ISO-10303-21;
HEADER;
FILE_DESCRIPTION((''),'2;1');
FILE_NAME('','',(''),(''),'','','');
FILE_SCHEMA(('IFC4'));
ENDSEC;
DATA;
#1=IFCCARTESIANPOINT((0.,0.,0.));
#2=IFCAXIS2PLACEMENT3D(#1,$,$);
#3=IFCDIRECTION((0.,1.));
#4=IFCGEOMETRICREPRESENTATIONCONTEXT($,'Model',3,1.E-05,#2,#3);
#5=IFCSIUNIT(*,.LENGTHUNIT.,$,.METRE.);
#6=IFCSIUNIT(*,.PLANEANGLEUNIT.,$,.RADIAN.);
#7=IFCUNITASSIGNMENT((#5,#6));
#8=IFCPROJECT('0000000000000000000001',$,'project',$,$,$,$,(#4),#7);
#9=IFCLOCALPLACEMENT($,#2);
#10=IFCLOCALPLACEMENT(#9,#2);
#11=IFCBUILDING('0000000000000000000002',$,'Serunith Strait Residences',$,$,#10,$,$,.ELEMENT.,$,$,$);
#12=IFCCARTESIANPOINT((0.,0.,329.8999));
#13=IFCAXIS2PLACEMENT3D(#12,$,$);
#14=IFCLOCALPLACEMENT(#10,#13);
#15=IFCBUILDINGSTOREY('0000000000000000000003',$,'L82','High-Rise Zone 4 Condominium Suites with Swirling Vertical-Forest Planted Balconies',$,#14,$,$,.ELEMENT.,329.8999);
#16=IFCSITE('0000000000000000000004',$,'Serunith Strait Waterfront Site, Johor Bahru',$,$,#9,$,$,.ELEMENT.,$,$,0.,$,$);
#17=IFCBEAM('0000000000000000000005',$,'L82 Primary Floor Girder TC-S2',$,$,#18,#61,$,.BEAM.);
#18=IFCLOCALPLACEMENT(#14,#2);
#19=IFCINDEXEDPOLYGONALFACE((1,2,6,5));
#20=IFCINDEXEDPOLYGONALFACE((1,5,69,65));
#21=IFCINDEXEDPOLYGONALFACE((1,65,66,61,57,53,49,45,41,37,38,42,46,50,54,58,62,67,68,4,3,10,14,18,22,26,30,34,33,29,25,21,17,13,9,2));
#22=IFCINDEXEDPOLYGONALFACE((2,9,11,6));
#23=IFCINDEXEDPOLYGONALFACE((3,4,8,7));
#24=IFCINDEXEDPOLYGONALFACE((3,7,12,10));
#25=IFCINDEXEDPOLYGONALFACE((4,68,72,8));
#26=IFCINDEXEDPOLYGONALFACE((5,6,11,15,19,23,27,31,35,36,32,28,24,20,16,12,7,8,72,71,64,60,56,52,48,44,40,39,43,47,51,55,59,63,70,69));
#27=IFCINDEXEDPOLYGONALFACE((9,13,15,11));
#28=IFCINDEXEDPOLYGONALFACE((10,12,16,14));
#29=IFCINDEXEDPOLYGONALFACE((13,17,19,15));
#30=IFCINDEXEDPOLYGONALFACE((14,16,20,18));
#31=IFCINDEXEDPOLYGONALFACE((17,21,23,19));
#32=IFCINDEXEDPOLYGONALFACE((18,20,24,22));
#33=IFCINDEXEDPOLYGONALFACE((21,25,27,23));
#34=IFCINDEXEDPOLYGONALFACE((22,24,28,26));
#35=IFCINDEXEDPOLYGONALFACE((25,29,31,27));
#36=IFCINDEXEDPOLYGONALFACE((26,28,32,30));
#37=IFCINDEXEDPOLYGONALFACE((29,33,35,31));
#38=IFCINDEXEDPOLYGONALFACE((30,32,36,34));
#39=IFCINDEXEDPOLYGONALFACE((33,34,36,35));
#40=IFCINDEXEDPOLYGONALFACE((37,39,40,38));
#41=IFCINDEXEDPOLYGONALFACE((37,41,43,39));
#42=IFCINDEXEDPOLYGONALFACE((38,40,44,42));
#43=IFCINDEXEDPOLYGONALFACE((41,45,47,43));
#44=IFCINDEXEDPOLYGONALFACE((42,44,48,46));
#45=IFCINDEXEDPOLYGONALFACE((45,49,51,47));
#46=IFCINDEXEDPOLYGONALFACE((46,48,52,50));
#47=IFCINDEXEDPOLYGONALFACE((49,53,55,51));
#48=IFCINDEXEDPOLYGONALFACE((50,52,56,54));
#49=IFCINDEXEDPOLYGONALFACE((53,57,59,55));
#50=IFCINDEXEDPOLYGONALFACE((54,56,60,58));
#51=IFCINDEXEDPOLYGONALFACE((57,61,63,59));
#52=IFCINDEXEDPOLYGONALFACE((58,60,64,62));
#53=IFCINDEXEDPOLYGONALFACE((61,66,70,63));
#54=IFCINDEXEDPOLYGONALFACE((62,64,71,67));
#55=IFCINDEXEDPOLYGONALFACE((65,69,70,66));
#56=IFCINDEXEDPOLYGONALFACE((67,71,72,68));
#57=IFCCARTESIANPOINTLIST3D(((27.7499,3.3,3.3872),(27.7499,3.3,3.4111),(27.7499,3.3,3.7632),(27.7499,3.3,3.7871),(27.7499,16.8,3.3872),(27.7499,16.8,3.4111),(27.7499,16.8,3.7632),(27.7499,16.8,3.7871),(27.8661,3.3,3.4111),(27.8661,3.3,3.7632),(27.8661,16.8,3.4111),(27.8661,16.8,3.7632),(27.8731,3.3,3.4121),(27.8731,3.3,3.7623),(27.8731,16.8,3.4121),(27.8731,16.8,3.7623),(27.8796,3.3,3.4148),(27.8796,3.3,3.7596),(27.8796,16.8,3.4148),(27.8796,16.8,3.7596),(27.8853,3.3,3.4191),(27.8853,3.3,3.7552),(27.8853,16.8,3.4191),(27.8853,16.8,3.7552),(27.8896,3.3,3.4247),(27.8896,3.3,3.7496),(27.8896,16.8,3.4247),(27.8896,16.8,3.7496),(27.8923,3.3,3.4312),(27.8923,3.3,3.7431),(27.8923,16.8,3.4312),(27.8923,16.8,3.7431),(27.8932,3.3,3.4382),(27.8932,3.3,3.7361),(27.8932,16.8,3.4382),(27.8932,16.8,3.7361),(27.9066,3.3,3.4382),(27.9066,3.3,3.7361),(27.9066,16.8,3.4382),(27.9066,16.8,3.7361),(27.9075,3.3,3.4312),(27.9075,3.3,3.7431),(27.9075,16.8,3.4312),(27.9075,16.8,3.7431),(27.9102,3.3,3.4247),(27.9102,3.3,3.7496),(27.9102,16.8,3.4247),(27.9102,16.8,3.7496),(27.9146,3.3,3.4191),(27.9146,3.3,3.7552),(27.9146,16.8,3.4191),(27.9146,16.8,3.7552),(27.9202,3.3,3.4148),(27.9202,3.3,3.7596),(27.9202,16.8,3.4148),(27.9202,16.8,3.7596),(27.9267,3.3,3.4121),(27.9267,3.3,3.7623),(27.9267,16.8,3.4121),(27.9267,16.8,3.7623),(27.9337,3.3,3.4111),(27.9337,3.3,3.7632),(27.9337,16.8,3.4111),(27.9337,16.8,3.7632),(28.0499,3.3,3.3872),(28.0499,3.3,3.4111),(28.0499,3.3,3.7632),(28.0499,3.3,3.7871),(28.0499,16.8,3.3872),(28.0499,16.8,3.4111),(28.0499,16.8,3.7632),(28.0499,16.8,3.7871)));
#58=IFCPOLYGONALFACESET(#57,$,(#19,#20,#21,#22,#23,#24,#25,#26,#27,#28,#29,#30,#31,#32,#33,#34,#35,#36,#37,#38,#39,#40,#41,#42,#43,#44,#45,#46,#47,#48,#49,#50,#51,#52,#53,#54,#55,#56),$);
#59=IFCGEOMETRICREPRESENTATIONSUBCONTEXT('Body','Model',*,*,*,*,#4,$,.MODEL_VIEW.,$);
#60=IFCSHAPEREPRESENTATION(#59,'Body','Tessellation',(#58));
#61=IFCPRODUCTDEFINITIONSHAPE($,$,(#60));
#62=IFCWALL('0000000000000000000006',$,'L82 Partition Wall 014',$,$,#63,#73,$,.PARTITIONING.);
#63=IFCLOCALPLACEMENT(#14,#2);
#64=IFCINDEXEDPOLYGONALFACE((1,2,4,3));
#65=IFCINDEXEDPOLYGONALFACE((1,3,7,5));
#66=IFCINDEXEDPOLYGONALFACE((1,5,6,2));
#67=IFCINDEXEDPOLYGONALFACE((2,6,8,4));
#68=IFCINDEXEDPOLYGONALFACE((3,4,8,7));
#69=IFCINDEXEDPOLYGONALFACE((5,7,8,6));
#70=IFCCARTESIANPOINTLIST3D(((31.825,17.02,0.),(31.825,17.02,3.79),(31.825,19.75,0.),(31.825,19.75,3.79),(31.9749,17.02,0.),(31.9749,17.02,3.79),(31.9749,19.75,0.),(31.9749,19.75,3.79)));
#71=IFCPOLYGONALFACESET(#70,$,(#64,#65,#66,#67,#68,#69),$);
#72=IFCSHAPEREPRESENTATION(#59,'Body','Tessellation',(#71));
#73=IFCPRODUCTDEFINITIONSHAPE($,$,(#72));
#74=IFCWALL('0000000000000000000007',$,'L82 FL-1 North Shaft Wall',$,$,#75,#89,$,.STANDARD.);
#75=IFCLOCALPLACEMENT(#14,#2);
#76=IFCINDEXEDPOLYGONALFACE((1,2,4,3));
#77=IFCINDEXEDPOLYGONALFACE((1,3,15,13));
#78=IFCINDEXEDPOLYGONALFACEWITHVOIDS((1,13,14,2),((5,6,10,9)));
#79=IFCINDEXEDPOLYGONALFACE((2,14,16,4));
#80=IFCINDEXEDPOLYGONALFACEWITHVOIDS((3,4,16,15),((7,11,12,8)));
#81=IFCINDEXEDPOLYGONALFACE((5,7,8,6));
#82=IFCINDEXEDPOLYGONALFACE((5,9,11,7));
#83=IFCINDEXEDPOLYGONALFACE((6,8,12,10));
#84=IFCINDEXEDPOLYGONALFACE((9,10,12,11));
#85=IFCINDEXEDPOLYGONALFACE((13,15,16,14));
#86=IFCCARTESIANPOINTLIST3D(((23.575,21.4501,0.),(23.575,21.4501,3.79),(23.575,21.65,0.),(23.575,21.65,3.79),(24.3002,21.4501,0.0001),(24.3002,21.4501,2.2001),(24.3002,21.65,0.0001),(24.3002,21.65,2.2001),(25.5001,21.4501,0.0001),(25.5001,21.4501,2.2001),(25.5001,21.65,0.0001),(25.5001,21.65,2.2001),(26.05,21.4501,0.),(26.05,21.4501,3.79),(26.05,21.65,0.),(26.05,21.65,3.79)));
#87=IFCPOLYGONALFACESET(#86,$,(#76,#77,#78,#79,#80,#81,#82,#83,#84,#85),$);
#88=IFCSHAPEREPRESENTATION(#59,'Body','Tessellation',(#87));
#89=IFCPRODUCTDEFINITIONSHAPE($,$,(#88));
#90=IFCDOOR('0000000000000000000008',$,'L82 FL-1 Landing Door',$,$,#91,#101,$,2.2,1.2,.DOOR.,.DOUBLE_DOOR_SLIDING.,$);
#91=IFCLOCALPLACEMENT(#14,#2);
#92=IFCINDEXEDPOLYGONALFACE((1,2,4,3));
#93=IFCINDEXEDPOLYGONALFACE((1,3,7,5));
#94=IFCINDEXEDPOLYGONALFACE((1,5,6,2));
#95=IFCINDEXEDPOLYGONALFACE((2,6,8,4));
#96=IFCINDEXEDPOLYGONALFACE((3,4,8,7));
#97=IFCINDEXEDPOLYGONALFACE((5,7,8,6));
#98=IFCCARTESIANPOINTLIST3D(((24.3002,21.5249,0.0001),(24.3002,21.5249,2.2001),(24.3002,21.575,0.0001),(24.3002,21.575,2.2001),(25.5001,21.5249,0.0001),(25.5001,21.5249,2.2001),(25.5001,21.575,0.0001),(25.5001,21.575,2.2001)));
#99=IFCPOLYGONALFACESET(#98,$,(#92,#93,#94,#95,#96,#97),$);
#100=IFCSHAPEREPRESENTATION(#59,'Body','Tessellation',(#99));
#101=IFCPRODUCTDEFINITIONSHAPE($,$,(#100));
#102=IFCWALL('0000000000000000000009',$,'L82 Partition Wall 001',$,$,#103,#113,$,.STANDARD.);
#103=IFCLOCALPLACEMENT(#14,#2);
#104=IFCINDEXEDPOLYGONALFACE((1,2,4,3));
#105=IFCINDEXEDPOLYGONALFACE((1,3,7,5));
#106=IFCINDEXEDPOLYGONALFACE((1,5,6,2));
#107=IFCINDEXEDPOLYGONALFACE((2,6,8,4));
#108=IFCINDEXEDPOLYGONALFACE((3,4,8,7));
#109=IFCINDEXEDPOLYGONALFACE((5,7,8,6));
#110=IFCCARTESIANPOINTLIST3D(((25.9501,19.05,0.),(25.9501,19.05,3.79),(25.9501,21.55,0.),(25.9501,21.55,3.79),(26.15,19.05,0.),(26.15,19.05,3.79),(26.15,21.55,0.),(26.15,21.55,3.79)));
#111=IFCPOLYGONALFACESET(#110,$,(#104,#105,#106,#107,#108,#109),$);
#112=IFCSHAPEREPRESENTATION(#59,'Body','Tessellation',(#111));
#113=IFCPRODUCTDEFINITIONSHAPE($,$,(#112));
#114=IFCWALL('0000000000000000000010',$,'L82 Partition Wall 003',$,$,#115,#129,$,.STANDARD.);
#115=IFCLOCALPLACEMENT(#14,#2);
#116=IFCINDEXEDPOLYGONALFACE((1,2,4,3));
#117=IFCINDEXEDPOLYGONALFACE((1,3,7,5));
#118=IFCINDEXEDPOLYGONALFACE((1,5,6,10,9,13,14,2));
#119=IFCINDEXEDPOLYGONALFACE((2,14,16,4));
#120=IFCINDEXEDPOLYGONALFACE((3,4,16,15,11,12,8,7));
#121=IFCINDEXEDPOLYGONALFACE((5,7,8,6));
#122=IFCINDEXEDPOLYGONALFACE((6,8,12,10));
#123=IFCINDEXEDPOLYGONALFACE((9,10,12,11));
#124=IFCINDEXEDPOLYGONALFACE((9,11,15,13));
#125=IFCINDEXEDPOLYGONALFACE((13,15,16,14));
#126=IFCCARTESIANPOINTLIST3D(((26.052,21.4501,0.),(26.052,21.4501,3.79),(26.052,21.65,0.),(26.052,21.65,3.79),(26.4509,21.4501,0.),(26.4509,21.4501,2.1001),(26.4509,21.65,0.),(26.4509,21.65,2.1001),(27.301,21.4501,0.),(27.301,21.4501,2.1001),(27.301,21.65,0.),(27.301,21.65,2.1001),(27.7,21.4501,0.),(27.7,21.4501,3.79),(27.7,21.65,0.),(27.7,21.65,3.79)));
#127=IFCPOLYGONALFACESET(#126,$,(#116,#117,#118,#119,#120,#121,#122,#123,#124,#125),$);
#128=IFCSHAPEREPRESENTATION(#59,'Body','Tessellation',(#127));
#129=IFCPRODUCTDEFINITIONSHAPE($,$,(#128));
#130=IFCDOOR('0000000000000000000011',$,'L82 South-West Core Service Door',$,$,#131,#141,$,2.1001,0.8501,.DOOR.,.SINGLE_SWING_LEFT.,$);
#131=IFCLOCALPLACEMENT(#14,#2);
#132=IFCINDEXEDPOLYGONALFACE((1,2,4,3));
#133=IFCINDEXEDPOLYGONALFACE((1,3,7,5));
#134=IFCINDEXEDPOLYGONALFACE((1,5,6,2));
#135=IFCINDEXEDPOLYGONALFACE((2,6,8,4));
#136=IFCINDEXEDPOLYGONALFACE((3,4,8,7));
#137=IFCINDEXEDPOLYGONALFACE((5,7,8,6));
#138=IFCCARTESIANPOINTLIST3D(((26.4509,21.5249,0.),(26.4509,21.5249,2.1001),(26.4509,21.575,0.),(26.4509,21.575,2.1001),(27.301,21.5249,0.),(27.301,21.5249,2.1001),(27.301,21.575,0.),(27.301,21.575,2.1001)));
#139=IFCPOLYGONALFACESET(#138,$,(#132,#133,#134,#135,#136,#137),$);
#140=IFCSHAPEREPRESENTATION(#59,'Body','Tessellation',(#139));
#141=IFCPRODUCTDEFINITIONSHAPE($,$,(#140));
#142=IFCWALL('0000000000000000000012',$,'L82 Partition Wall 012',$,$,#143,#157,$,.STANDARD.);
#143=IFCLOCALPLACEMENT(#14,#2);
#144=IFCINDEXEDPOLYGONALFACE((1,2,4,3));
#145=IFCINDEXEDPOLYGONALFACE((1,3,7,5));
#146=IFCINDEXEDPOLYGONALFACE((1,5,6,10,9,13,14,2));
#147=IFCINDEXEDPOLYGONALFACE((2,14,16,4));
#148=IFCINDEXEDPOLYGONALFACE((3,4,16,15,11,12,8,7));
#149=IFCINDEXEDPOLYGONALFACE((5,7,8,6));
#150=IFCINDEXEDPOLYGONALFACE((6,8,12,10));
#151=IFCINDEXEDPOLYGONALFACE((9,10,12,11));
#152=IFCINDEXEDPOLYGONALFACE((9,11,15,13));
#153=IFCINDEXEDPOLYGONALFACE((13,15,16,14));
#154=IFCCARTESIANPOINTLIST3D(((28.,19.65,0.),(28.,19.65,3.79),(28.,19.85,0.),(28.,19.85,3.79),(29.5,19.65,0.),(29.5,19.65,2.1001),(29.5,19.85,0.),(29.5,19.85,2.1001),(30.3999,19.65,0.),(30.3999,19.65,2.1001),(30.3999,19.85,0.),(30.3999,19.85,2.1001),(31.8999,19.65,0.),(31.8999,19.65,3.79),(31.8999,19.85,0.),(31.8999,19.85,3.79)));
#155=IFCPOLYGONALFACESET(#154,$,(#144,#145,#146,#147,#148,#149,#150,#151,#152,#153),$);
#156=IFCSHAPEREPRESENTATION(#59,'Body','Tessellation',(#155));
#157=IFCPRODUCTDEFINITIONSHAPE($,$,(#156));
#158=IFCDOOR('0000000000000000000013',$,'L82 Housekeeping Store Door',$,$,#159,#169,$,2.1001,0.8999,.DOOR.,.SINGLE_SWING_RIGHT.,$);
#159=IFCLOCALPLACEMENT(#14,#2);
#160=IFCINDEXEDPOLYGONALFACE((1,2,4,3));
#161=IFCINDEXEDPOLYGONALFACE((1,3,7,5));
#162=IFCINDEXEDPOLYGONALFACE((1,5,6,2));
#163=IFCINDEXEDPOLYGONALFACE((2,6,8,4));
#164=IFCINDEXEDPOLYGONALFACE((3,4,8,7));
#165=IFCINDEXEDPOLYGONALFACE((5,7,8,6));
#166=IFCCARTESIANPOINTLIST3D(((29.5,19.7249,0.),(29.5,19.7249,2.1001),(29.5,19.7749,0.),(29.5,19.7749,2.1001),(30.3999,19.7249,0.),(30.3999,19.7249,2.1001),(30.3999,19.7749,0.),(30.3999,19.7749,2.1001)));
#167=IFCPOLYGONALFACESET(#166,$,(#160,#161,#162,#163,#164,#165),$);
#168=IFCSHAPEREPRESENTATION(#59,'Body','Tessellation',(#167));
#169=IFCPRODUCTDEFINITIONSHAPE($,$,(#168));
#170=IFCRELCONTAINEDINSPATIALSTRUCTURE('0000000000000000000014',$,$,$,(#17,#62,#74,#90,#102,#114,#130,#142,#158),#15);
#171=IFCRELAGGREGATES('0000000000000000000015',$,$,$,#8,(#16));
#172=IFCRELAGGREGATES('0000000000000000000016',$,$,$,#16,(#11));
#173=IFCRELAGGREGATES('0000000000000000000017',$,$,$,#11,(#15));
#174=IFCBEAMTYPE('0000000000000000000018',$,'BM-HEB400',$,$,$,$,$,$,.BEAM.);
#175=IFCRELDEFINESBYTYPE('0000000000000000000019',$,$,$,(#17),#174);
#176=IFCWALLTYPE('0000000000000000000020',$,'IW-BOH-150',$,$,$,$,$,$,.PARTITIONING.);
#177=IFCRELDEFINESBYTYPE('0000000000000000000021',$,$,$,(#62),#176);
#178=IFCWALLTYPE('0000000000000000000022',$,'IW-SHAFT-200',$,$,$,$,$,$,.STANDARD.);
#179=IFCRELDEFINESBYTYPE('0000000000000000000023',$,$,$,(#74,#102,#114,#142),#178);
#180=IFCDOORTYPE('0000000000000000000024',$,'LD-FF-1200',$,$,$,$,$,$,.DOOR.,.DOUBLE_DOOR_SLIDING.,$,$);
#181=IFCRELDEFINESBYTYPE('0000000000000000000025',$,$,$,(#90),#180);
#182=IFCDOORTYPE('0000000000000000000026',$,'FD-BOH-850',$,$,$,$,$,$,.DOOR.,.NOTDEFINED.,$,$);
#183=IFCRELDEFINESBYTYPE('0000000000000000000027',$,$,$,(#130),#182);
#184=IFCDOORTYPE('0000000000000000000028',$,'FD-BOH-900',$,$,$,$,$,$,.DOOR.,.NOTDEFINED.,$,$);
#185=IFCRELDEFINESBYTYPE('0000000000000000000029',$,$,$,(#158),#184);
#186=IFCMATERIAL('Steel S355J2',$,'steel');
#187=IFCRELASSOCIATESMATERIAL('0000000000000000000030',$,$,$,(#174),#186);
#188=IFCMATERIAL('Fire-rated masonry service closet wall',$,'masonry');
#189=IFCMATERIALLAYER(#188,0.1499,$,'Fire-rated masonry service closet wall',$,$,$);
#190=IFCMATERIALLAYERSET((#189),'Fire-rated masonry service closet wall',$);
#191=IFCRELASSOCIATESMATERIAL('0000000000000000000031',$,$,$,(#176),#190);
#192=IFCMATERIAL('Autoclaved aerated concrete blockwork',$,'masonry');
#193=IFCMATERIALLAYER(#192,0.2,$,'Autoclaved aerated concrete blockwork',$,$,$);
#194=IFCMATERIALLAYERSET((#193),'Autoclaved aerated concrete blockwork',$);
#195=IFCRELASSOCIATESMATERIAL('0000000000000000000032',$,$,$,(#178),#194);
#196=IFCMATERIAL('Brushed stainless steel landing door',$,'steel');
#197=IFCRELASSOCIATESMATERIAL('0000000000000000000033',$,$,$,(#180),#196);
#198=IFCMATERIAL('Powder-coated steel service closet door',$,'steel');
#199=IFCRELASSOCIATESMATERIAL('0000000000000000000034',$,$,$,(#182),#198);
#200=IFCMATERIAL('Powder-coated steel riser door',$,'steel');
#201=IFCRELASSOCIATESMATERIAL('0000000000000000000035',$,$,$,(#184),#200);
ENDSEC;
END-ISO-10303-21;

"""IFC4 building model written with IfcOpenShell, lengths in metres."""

from ifc_helpers import new_model, si_unit, direction, frame, frame_2d, origin, origin_2d, place, context, subcontext, project, spatial, rectangle, i_section, extrude, source, transform, mapped, material, layer, layer_set, material_profile, profile_set, type_object, element, fill, save


model = new_model("IFC4")

# Units and contexts
model_context = context("Model", 3, precision=1e-05, world=origin(), true_north=direction((0.0, 1.0)))
body_context = subcontext(model_context, "Body", "Model", "MODEL_VIEW")
ifc_project = project(units=[si_unit("LENGTHUNIT", "METRE"), si_unit("PLANEANGLEUNIT", "RADIAN")], contexts=[model_context])

# Site, building, storey
site_placement = place(None, origin())
site = spatial("IfcSite", under=ifc_project, at=site_placement, Name="Serunith Strait Waterfront Site, Johor Bahru", CompositionType="ELEMENT", RefElevation=0.0)
building_placement = place(site_placement, origin())
building = spatial("IfcBuilding", under=site, at=building_placement, Name="Serunith Strait Residences", CompositionType="ELEMENT")
storey_placement = place(building_placement, frame((0.0, 0.0, 329.8999)))
storey = spatial("IfcBuildingStorey", under=building, at=storey_placement, Name="L82", Description="High-Rise Zone 4 Condominium Suites with Swirling Vertical-Forest Planted Balconies", CompositionType="ELEMENT", Elevation=329.8999)

# Beam
ifc_material_1 = material(Name="Steel S355J2", Category="steel")
ifc_material_profile = material_profile(ifc_material_1, i_section(OverallWidth=0.3, OverallDepth=0.3999, WebThickness=0.0134, FlangeThickness=0.0239, FilletRadius=0.0271, at=origin_2d()), Name="HEB 400")
ifc_profile_set = profile_set([ifc_material_profile], Name="Steel S355J2")
beam_type = type_object("IfcBeamType", Name="BM-HEB400", PredefinedType="BEAM", material=ifc_profile_set)
shared_shape_1 = source(origin(), body_context, "Body", "SweptSolid", [
    extrude(i_section(OverallWidth=0.3, OverallDepth=0.3999, WebThickness=0.0134, FlangeThickness=0.0239, FilletRadius=0.0271, at=origin_2d()), origin(), (0.0, 0.0, 1.0), 13.5),
])
beam_placement = place(storey_placement, frame((27.8999, 16.8, 3.5872), z_axis=(0.0, -1.0, 0.0), x_axis=(1.0, 0.0, 0.0)))
element("IfcBeam", 1, at=beam_placement, inside=storey, type_object=beam_type, Name="L82 Primary Floor Girder TC-S2", PredefinedType="BEAM", context=body_context, shape_type="MappedRepresentation", body=[
    mapped(shared_shape_1, transform((0.0, 0.0, 0.0), scale=1.0)),
])

# Wall
ifc_material_2 = material(Name="Fire-rated masonry service closet wall", Category="masonry")
ifc_layer_1 = layer(ifc_material_2, 0.1499, Name="Fire-rated masonry service closet wall")
ifc_layer_set_1 = layer_set([ifc_layer_1], Name="Fire-rated masonry service closet wall")
wall_type_1 = type_object("IfcWallType", Name="IW-BOH-150", PredefinedType="PARTITIONING", material=ifc_layer_set_1)
wall_1_placement = place(storey_placement, frame((31.8999, 17.02, 0.0), z_axis=(0.0, 0.0, 1.0), x_axis=(0.0, 1.0, 0.0)))
element("IfcWall", 2, at=wall_1_placement, inside=storey, type_object=wall_type_1, Name="L82 Partition Wall 014", PredefinedType="PARTITIONING", context=body_context, shape_type="SweptSolid", body=[
    extrude(rectangle(XDim=2.73, YDim=0.1499, at=frame_2d((1.365, 0.0))), origin(), (0.0, 0.0, 1.0), 3.79),
])

# Wall, opening, door
ifc_material_3 = material(Name="Autoclaved aerated concrete blockwork", Category="masonry")
ifc_layer_2 = layer(ifc_material_3, 0.2, Name="Autoclaved aerated concrete blockwork")
ifc_layer_set_2 = layer_set([ifc_layer_2], Name="Autoclaved aerated concrete blockwork")
wall_type_2 = type_object("IfcWallType", Name="IW-SHAFT-200", PredefinedType="STANDARD", material=ifc_layer_set_2)
wall_2_placement = place(storey_placement, frame((23.575, 21.55, 0.0), z_axis=(0.0, 0.0, 1.0), x_axis=(1.0, 0.0, 0.0)))
wall_2 = element("IfcWall", 3, at=wall_2_placement, inside=storey, type_object=wall_type_2, Name="L82 FL-1 North Shaft Wall", PredefinedType="STANDARD", context=body_context, shape_type="SweptSolid", body=[
    extrude(rectangle(XDim=2.4751, YDim=0.2, at=frame_2d((1.2375, 0.0))), origin(), (0.0, 0.0, 1.0), 3.79),
])
opening_1_placement = place(wall_2_placement, frame((0.7251, 0.0, 0.0)))
opening_1 = element("IfcOpeningElement", 4, at=opening_1_placement, cuts=wall_2, PredefinedType="OPENING", context=body_context, shape_type="SweptSolid", body=[
    extrude(rectangle(XDim=1.2, YDim=2.2, at=frame_2d((0.6001, 1.1001))), frame((0.0, 0.1099, 0.0), z_axis=(0.0, -1.0, 0.0), x_axis=(1.0, 0.0, 0.0)), (0.0, 0.0, 1.0), 0.22),
])
ifc_material_4 = material(Name="Brushed stainless steel landing door", Category="steel")
door_type_1 = type_object("IfcDoorType", Name="LD-FF-1200", OperationType="DOUBLE_DOOR_SLIDING", PredefinedType="DOOR", material=ifc_material_4)
shared_shape_2 = source(origin(), body_context, "Body", "SweptSolid", [
    extrude(rectangle(XDim=1.2, YDim=2.2, at=frame_2d((0.6001, 1.1001))), frame((0.0, 0.0249, 0.0), z_axis=(0.0, -1.0, 0.0), x_axis=(1.0, 0.0, 0.0)), (0.0, 0.0, 1.0), 0.05),
])
door_1_placement = place(opening_1_placement, origin())
door_1 = element("IfcDoor", 5, at=door_1_placement, inside=storey, type_object=door_type_1, Name="L82 FL-1 Landing Door", OperationType="DOUBLE_DOOR_SLIDING", OverallHeight=2.2, OverallWidth=1.2, PredefinedType="DOOR", context=body_context, shape_type="MappedRepresentation", body=[
    mapped(shared_shape_2, transform((0.0, 0.0, 0.0), scale=1.0)),
])
fill(opening_1, door_1)

# Wall
wall_3_placement = place(storey_placement, frame((26.05, 19.05, 0.0), z_axis=(0.0, 0.0, 1.0), x_axis=(0.0, 1.0, 0.0)))
element("IfcWall", 6, at=wall_3_placement, inside=storey, type_object=wall_type_2, Name="L82 Partition Wall 001", PredefinedType="STANDARD", context=body_context, shape_type="SweptSolid", body=[
    extrude(rectangle(XDim=2.5, YDim=0.2, at=frame_2d((1.25, 0.0))), origin(), (0.0, 0.0, 1.0), 3.79),
])

# Walls, openings, doors
wall_4_placement = place(storey_placement, frame((26.052, 21.55, 0.0), z_axis=(0.0, 0.0, 1.0), x_axis=(1.0, 0.0, 0.0)))
wall_4 = element("IfcWall", 7, at=wall_4_placement, inside=storey, type_object=wall_type_2, Name="L82 Partition Wall 003", PredefinedType="STANDARD", context=body_context, shape_type="SweptSolid", body=[
    extrude(rectangle(XDim=1.6479, YDim=0.2, at=frame_2d((0.824, 0.0))), origin(), (0.0, 0.0, 1.0), 3.79),
])
opening_2_placement = place(wall_4_placement, frame((0.3989, 0.0, 0.0)))
opening_2 = element("IfcOpeningElement", 8, at=opening_2_placement, cuts=wall_4, PredefinedType="OPENING", context=body_context, shape_type="SweptSolid", body=[
    extrude(rectangle(XDim=0.8501, YDim=2.1001, at=frame_2d((0.425, 1.05))), frame((0.0, 0.1099, 0.0), z_axis=(0.0, -1.0, 0.0), x_axis=(1.0, 0.0, 0.0)), (0.0, 0.0, 1.0), 0.22),
])
ifc_material_5 = material(Name="Powder-coated steel service closet door", Category="steel")
door_type_2 = type_object("IfcDoorType", Name="FD-BOH-850", OperationType="NOTDEFINED", PredefinedType="DOOR", material=ifc_material_5)
shared_shape_3 = source(origin(), body_context, "Body", "SweptSolid", [
    extrude(rectangle(XDim=0.8501, YDim=2.1001, at=frame_2d((0.425, 1.05))), frame((0.0, 0.0249, 0.0), z_axis=(0.0, -1.0, 0.0), x_axis=(1.0, 0.0, 0.0)), (0.0, 0.0, 1.0), 0.05),
])
door_2_placement = place(opening_2_placement, origin())
door_2 = element("IfcDoor", 9, at=door_2_placement, inside=storey, type_object=door_type_2, Name="L82 South-West Core Service Door", OperationType="SINGLE_SWING_LEFT", OverallHeight=2.1001, OverallWidth=0.8501, PredefinedType="DOOR", context=body_context, shape_type="MappedRepresentation", body=[
    mapped(shared_shape_3, transform((0.0, 0.0, 0.0), scale=1.0)),
])
fill(opening_2, door_2)
wall_5_placement = place(storey_placement, frame((28.0, 19.75, 0.0), z_axis=(0.0, 0.0, 1.0), x_axis=(1.0, 0.0, 0.0)))
wall_5 = element("IfcWall", 10, at=wall_5_placement, inside=storey, type_object=wall_type_2, Name="L82 Partition Wall 012", PredefinedType="STANDARD", context=body_context, shape_type="SweptSolid", body=[
    extrude(rectangle(XDim=3.8999, YDim=0.2, at=frame_2d((1.95, 0.0))), origin(), (0.0, 0.0, 1.0), 3.79),
])
opening_3_placement = place(wall_5_placement, frame((1.5, 0.0, 0.0)))
opening_3 = element("IfcOpeningElement", 11, at=opening_3_placement, cuts=wall_5, PredefinedType="OPENING", context=body_context, shape_type="SweptSolid", body=[
    extrude(rectangle(XDim=0.8999, YDim=2.1001, at=frame_2d((0.45, 1.05))), frame((0.0, 0.1099, 0.0), z_axis=(0.0, -1.0, 0.0), x_axis=(1.0, 0.0, 0.0)), (0.0, 0.0, 1.0), 0.22),
])
ifc_material_6 = material(Name="Powder-coated steel riser door", Category="steel")
door_type_3 = type_object("IfcDoorType", Name="FD-BOH-900", OperationType="NOTDEFINED", PredefinedType="DOOR", material=ifc_material_6)
shared_shape_4 = source(origin(), body_context, "Body", "SweptSolid", [
    extrude(rectangle(XDim=0.8999, YDim=2.1001, at=frame_2d((0.45, 1.05))), frame((0.0, 0.0249, 0.0), z_axis=(0.0, -1.0, 0.0), x_axis=(1.0, 0.0, 0.0)), (0.0, 0.0, 1.0), 0.05),
])
door_3_placement = place(opening_3_placement, origin())
door_3 = element("IfcDoor", 12, at=door_3_placement, inside=storey, type_object=door_type_3, Name="L82 Housekeeping Store Door", OperationType="SINGLE_SWING_RIGHT", OverallHeight=2.1001, OverallWidth=0.8999, PredefinedType="DOOR", context=body_context, shape_type="MappedRepresentation", body=[
    mapped(shared_shape_4, transform((0.0, 0.0, 0.0), scale=1.0)),
])
fill(opening_3, door_3)

save(model, "model.ifc")
